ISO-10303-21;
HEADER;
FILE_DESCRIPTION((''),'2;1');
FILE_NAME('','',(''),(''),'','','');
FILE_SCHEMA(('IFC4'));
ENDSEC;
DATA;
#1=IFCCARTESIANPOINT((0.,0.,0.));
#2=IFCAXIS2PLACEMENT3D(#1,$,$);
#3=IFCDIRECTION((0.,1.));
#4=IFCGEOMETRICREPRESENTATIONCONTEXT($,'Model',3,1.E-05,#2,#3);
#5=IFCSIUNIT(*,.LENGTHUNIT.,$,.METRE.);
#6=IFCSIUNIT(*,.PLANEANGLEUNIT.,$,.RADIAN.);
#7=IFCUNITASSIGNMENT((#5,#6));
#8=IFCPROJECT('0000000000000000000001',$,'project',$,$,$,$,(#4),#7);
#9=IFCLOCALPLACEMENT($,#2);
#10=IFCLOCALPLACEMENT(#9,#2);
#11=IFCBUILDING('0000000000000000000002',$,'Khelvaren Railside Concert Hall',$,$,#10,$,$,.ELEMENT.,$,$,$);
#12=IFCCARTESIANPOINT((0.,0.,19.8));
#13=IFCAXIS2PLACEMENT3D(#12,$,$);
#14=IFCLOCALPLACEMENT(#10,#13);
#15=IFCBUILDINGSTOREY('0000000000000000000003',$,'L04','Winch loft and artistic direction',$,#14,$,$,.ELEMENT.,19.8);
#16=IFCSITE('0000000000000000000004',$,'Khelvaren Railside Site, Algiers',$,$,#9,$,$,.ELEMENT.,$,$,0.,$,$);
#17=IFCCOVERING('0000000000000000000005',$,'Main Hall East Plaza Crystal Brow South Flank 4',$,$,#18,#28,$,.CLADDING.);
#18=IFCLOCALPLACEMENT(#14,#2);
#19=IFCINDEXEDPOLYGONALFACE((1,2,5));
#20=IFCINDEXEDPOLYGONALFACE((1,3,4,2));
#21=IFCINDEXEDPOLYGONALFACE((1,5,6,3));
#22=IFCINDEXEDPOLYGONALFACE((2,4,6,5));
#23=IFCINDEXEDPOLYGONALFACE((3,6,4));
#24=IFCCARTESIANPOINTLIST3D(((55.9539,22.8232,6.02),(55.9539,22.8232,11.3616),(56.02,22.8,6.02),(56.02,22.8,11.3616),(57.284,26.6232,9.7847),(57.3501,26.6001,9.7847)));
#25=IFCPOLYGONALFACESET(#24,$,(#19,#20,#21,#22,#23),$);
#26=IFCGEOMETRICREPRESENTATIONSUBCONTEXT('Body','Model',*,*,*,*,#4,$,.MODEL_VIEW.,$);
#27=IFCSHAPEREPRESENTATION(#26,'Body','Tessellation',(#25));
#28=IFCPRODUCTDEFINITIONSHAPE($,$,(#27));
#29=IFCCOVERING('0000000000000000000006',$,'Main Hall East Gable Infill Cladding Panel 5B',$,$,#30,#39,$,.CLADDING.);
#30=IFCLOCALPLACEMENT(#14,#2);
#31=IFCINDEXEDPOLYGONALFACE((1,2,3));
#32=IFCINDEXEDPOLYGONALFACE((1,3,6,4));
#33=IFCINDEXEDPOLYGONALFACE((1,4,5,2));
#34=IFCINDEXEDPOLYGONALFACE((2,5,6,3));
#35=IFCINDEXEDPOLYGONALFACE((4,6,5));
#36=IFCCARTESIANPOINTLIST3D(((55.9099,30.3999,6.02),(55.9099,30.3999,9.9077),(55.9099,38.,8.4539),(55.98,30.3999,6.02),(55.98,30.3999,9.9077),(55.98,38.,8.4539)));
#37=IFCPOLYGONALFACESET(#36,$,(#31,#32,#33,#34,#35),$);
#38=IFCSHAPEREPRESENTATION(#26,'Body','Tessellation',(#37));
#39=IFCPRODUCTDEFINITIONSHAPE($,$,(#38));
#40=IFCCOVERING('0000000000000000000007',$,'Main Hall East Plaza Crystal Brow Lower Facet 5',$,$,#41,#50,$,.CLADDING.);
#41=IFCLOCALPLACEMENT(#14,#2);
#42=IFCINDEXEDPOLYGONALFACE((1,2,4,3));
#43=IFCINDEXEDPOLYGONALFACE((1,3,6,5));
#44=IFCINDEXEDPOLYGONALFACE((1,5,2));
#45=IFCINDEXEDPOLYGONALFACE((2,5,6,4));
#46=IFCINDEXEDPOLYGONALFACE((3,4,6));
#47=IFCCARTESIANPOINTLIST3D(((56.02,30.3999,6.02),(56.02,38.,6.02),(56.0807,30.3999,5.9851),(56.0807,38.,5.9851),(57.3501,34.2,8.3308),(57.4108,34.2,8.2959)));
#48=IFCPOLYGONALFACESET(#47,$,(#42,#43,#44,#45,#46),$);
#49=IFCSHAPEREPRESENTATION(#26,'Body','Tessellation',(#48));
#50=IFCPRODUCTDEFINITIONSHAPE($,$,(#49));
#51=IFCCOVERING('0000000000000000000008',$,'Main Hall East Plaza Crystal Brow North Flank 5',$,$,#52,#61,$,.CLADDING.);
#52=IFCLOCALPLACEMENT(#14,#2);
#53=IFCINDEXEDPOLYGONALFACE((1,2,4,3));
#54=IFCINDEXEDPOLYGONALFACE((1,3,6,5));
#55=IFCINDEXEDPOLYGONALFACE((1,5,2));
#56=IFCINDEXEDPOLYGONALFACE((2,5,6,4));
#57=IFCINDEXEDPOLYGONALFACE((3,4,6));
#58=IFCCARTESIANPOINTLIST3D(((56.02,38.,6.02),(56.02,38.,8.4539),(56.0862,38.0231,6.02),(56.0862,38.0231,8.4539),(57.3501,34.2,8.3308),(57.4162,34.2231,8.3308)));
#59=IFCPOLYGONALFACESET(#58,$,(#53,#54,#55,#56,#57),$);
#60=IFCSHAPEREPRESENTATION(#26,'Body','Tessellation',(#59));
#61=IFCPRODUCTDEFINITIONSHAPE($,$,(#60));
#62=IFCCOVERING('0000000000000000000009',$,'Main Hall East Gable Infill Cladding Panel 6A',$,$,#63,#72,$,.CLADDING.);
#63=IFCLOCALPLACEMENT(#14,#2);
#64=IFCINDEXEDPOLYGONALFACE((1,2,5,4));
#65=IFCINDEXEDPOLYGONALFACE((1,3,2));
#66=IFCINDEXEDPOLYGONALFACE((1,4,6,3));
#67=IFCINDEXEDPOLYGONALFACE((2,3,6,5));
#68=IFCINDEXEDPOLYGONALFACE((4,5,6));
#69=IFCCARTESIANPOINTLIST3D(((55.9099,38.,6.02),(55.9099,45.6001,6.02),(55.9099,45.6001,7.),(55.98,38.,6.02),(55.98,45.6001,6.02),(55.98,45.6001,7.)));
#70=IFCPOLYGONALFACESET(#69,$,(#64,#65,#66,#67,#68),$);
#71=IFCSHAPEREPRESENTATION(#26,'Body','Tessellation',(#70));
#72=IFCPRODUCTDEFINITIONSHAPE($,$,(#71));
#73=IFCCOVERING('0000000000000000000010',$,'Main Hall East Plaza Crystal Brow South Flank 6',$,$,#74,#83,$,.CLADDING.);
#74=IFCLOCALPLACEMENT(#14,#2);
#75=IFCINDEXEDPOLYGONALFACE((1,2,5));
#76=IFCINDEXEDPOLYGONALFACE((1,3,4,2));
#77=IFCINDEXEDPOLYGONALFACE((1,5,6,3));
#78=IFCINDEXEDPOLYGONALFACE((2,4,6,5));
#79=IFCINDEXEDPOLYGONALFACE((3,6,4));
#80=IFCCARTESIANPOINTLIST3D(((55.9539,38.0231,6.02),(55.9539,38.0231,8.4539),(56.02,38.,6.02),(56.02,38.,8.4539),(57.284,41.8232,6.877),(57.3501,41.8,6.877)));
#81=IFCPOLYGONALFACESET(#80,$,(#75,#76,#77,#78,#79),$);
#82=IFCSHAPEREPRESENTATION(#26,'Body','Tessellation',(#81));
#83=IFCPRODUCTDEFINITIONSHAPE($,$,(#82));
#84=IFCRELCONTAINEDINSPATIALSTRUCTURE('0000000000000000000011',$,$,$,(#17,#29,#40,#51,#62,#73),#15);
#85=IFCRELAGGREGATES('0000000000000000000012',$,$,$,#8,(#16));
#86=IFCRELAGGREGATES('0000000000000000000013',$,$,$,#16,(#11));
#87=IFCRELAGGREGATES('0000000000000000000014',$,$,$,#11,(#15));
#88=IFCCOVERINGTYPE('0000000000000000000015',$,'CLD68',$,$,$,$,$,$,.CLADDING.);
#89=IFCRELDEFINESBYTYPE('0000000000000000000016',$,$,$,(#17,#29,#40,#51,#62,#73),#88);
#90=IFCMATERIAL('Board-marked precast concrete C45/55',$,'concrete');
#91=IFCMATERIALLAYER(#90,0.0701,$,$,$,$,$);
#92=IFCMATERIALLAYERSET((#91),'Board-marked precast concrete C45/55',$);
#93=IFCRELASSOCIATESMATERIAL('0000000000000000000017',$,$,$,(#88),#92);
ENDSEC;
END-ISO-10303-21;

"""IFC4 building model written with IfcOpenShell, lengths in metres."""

from ifc_helpers import new_model, si_unit, direction, frame, origin, place, context, subcontext, project, spatial, polyline, outline, extrude, material, layer, layer_set, type_object, element, save


model = new_model("IFC4")

# Units and contexts
model_context = context("Model", 3, precision=1e-05, world=origin(), true_north=direction((0.0, 1.0)))
body_context = subcontext(model_context, "Body", "Model", "MODEL_VIEW")
ifc_project = project(units=[si_unit("LENGTHUNIT", "METRE"), si_unit("PLANEANGLEUNIT", "RADIAN")], contexts=[model_context])

# Site, building, storey
site_placement = place(None, origin())
site = spatial("IfcSite", under=ifc_project, at=site_placement, Name="Khelvaren Railside Site, Algiers", CompositionType="ELEMENT", RefElevation=0.0)
building_placement = place(site_placement, origin())
building = spatial("IfcBuilding", under=site, at=building_placement, Name="Khelvaren Railside Concert Hall", CompositionType="ELEMENT")
storey_placement = place(building_placement, frame((0.0, 0.0, 19.8)))
storey = spatial("IfcBuildingStorey", under=building, at=storey_placement, Name="L04", Description="Winch loft and artistic direction", CompositionType="ELEMENT", Elevation=19.8)

# Coverings
ifc_material_1 = material(Name="Board-marked precast concrete C45/55", Category="concrete")
ifc_layer_1 = layer(ifc_material_1, 0.0701)
ifc_layer_set_1 = layer_set([ifc_layer_1], Name="Board-marked precast concrete C45/55")
covering_type_1 = type_object("IfcCoveringType", Name="CLD68", PredefinedType="CLADDING", material=ifc_layer_set_1)
covering_1_placement = place(storey_placement, frame((56.02, 22.8, 11.3616), z_axis=(0.943854, -0.330364, 0.0), x_axis=(0.0, 0.0, -1.0)))
element("IfcCovering", 1, at=covering_1_placement, inside=storey, type_object=covering_type_1, Name="Main Hall East Plaza Crystal Brow South Flank 4", PredefinedType="CLADDING", context=body_context, shape_type="SweptSolid", body=[
    extrude(outline(polyline([(0.0, 0.0), (5.3416, 0.0), (1.5769, 4.0261), (0.0, 0.0)])), origin(), (0.0, 0.0, -1.0), 0.0701),
])
covering_2_placement = place(storey_placement, frame((55.98, 30.3999, 6.02), z_axis=(1.0, 0.0, 0.0), x_axis=(0.0, 0.952358, 0.304981)))
element("IfcCovering", 2, at=covering_2_placement, inside=storey, type_object=covering_type_1, Name="Main Hall East Gable Infill Cladding Panel 5B", PredefinedType="CLADDING", context=body_context, shape_type="SweptSolid", body=[
    extrude(outline(polyline([(0.0, 0.0), (7.9803, 0.0), (1.1857, 3.7025), (0.0, 0.0)])), origin(), (0.0, 0.0, -1.0), 0.0701),
])
covering_3_placement = place(storey_placement, frame((56.02, 30.3999, 6.02), z_axis=(-0.866684, 0.0, 0.498858), x_axis=(0.0, 1.0, 0.0)))
element("IfcCovering", 3, at=covering_3_placement, inside=storey, type_object=covering_type_1, Name="Main Hall East Plaza Crystal Brow Lower Facet 5", PredefinedType="CLADDING", context=body_context, shape_type="SweptSolid", body=[
    extrude(outline(polyline([(0.0, 0.0), (7.6001, 0.0), (3.8, -2.6662), (0.0, 0.0)])), origin(), (0.0, 0.0, -1.0), 0.0701),
])
covering_4_placement = place(storey_placement, frame((56.02, 38.0, 8.4539), z_axis=(-0.943854, -0.330364, 0.0), x_axis=(0.0, 0.0, -1.0)))
element("IfcCovering", 4, at=covering_4_placement, inside=storey, type_object=covering_type_1, Name="Main Hall East Plaza Crystal Brow North Flank 5", PredefinedType="CLADDING", context=body_context, shape_type="SweptSolid", body=[
    extrude(outline(polyline([(0.0, 0.0), (2.4338, 0.0), (0.123, 4.0261), (0.0, 0.0)])), origin(), (0.0, 0.0, -1.0), 0.0701),
])
covering_5_placement = place(storey_placement, frame((55.98, 38.0, 6.02), z_axis=(1.0, 0.0, 0.0), x_axis=(0.0, 1.0, 0.0)))
element("IfcCovering", 5, at=covering_5_placement, inside=storey, type_object=covering_type_1, Name="Main Hall East Gable Infill Cladding Panel 6A", PredefinedType="CLADDING", context=body_context, shape_type="SweptSolid", body=[
    extrude(outline(polyline([(0.0, 0.0), (7.6001, 0.0), (7.6001, 0.98), (0.0, 0.0)])), origin(), (0.0, 0.0, -1.0), 0.0701),
])
covering_6_placement = place(storey_placement, frame((56.02, 38.0, 8.4539), z_axis=(0.943854, -0.330364, 0.0), x_axis=(0.0, 0.0, -1.0)))
element("IfcCovering", 6, at=covering_6_placement, inside=storey, type_object=covering_type_1, Name="Main Hall East Plaza Crystal Brow South Flank 6", PredefinedType="CLADDING", context=body_context, shape_type="SweptSolid", body=[
    extrude(outline(polyline([(0.0, 0.0), (2.4338, 0.0), (1.5769, 4.0261), (0.0, 0.0)])), origin(), (0.0, 0.0, -1.0), 0.0701),
])

save(model, "model.ifc")
